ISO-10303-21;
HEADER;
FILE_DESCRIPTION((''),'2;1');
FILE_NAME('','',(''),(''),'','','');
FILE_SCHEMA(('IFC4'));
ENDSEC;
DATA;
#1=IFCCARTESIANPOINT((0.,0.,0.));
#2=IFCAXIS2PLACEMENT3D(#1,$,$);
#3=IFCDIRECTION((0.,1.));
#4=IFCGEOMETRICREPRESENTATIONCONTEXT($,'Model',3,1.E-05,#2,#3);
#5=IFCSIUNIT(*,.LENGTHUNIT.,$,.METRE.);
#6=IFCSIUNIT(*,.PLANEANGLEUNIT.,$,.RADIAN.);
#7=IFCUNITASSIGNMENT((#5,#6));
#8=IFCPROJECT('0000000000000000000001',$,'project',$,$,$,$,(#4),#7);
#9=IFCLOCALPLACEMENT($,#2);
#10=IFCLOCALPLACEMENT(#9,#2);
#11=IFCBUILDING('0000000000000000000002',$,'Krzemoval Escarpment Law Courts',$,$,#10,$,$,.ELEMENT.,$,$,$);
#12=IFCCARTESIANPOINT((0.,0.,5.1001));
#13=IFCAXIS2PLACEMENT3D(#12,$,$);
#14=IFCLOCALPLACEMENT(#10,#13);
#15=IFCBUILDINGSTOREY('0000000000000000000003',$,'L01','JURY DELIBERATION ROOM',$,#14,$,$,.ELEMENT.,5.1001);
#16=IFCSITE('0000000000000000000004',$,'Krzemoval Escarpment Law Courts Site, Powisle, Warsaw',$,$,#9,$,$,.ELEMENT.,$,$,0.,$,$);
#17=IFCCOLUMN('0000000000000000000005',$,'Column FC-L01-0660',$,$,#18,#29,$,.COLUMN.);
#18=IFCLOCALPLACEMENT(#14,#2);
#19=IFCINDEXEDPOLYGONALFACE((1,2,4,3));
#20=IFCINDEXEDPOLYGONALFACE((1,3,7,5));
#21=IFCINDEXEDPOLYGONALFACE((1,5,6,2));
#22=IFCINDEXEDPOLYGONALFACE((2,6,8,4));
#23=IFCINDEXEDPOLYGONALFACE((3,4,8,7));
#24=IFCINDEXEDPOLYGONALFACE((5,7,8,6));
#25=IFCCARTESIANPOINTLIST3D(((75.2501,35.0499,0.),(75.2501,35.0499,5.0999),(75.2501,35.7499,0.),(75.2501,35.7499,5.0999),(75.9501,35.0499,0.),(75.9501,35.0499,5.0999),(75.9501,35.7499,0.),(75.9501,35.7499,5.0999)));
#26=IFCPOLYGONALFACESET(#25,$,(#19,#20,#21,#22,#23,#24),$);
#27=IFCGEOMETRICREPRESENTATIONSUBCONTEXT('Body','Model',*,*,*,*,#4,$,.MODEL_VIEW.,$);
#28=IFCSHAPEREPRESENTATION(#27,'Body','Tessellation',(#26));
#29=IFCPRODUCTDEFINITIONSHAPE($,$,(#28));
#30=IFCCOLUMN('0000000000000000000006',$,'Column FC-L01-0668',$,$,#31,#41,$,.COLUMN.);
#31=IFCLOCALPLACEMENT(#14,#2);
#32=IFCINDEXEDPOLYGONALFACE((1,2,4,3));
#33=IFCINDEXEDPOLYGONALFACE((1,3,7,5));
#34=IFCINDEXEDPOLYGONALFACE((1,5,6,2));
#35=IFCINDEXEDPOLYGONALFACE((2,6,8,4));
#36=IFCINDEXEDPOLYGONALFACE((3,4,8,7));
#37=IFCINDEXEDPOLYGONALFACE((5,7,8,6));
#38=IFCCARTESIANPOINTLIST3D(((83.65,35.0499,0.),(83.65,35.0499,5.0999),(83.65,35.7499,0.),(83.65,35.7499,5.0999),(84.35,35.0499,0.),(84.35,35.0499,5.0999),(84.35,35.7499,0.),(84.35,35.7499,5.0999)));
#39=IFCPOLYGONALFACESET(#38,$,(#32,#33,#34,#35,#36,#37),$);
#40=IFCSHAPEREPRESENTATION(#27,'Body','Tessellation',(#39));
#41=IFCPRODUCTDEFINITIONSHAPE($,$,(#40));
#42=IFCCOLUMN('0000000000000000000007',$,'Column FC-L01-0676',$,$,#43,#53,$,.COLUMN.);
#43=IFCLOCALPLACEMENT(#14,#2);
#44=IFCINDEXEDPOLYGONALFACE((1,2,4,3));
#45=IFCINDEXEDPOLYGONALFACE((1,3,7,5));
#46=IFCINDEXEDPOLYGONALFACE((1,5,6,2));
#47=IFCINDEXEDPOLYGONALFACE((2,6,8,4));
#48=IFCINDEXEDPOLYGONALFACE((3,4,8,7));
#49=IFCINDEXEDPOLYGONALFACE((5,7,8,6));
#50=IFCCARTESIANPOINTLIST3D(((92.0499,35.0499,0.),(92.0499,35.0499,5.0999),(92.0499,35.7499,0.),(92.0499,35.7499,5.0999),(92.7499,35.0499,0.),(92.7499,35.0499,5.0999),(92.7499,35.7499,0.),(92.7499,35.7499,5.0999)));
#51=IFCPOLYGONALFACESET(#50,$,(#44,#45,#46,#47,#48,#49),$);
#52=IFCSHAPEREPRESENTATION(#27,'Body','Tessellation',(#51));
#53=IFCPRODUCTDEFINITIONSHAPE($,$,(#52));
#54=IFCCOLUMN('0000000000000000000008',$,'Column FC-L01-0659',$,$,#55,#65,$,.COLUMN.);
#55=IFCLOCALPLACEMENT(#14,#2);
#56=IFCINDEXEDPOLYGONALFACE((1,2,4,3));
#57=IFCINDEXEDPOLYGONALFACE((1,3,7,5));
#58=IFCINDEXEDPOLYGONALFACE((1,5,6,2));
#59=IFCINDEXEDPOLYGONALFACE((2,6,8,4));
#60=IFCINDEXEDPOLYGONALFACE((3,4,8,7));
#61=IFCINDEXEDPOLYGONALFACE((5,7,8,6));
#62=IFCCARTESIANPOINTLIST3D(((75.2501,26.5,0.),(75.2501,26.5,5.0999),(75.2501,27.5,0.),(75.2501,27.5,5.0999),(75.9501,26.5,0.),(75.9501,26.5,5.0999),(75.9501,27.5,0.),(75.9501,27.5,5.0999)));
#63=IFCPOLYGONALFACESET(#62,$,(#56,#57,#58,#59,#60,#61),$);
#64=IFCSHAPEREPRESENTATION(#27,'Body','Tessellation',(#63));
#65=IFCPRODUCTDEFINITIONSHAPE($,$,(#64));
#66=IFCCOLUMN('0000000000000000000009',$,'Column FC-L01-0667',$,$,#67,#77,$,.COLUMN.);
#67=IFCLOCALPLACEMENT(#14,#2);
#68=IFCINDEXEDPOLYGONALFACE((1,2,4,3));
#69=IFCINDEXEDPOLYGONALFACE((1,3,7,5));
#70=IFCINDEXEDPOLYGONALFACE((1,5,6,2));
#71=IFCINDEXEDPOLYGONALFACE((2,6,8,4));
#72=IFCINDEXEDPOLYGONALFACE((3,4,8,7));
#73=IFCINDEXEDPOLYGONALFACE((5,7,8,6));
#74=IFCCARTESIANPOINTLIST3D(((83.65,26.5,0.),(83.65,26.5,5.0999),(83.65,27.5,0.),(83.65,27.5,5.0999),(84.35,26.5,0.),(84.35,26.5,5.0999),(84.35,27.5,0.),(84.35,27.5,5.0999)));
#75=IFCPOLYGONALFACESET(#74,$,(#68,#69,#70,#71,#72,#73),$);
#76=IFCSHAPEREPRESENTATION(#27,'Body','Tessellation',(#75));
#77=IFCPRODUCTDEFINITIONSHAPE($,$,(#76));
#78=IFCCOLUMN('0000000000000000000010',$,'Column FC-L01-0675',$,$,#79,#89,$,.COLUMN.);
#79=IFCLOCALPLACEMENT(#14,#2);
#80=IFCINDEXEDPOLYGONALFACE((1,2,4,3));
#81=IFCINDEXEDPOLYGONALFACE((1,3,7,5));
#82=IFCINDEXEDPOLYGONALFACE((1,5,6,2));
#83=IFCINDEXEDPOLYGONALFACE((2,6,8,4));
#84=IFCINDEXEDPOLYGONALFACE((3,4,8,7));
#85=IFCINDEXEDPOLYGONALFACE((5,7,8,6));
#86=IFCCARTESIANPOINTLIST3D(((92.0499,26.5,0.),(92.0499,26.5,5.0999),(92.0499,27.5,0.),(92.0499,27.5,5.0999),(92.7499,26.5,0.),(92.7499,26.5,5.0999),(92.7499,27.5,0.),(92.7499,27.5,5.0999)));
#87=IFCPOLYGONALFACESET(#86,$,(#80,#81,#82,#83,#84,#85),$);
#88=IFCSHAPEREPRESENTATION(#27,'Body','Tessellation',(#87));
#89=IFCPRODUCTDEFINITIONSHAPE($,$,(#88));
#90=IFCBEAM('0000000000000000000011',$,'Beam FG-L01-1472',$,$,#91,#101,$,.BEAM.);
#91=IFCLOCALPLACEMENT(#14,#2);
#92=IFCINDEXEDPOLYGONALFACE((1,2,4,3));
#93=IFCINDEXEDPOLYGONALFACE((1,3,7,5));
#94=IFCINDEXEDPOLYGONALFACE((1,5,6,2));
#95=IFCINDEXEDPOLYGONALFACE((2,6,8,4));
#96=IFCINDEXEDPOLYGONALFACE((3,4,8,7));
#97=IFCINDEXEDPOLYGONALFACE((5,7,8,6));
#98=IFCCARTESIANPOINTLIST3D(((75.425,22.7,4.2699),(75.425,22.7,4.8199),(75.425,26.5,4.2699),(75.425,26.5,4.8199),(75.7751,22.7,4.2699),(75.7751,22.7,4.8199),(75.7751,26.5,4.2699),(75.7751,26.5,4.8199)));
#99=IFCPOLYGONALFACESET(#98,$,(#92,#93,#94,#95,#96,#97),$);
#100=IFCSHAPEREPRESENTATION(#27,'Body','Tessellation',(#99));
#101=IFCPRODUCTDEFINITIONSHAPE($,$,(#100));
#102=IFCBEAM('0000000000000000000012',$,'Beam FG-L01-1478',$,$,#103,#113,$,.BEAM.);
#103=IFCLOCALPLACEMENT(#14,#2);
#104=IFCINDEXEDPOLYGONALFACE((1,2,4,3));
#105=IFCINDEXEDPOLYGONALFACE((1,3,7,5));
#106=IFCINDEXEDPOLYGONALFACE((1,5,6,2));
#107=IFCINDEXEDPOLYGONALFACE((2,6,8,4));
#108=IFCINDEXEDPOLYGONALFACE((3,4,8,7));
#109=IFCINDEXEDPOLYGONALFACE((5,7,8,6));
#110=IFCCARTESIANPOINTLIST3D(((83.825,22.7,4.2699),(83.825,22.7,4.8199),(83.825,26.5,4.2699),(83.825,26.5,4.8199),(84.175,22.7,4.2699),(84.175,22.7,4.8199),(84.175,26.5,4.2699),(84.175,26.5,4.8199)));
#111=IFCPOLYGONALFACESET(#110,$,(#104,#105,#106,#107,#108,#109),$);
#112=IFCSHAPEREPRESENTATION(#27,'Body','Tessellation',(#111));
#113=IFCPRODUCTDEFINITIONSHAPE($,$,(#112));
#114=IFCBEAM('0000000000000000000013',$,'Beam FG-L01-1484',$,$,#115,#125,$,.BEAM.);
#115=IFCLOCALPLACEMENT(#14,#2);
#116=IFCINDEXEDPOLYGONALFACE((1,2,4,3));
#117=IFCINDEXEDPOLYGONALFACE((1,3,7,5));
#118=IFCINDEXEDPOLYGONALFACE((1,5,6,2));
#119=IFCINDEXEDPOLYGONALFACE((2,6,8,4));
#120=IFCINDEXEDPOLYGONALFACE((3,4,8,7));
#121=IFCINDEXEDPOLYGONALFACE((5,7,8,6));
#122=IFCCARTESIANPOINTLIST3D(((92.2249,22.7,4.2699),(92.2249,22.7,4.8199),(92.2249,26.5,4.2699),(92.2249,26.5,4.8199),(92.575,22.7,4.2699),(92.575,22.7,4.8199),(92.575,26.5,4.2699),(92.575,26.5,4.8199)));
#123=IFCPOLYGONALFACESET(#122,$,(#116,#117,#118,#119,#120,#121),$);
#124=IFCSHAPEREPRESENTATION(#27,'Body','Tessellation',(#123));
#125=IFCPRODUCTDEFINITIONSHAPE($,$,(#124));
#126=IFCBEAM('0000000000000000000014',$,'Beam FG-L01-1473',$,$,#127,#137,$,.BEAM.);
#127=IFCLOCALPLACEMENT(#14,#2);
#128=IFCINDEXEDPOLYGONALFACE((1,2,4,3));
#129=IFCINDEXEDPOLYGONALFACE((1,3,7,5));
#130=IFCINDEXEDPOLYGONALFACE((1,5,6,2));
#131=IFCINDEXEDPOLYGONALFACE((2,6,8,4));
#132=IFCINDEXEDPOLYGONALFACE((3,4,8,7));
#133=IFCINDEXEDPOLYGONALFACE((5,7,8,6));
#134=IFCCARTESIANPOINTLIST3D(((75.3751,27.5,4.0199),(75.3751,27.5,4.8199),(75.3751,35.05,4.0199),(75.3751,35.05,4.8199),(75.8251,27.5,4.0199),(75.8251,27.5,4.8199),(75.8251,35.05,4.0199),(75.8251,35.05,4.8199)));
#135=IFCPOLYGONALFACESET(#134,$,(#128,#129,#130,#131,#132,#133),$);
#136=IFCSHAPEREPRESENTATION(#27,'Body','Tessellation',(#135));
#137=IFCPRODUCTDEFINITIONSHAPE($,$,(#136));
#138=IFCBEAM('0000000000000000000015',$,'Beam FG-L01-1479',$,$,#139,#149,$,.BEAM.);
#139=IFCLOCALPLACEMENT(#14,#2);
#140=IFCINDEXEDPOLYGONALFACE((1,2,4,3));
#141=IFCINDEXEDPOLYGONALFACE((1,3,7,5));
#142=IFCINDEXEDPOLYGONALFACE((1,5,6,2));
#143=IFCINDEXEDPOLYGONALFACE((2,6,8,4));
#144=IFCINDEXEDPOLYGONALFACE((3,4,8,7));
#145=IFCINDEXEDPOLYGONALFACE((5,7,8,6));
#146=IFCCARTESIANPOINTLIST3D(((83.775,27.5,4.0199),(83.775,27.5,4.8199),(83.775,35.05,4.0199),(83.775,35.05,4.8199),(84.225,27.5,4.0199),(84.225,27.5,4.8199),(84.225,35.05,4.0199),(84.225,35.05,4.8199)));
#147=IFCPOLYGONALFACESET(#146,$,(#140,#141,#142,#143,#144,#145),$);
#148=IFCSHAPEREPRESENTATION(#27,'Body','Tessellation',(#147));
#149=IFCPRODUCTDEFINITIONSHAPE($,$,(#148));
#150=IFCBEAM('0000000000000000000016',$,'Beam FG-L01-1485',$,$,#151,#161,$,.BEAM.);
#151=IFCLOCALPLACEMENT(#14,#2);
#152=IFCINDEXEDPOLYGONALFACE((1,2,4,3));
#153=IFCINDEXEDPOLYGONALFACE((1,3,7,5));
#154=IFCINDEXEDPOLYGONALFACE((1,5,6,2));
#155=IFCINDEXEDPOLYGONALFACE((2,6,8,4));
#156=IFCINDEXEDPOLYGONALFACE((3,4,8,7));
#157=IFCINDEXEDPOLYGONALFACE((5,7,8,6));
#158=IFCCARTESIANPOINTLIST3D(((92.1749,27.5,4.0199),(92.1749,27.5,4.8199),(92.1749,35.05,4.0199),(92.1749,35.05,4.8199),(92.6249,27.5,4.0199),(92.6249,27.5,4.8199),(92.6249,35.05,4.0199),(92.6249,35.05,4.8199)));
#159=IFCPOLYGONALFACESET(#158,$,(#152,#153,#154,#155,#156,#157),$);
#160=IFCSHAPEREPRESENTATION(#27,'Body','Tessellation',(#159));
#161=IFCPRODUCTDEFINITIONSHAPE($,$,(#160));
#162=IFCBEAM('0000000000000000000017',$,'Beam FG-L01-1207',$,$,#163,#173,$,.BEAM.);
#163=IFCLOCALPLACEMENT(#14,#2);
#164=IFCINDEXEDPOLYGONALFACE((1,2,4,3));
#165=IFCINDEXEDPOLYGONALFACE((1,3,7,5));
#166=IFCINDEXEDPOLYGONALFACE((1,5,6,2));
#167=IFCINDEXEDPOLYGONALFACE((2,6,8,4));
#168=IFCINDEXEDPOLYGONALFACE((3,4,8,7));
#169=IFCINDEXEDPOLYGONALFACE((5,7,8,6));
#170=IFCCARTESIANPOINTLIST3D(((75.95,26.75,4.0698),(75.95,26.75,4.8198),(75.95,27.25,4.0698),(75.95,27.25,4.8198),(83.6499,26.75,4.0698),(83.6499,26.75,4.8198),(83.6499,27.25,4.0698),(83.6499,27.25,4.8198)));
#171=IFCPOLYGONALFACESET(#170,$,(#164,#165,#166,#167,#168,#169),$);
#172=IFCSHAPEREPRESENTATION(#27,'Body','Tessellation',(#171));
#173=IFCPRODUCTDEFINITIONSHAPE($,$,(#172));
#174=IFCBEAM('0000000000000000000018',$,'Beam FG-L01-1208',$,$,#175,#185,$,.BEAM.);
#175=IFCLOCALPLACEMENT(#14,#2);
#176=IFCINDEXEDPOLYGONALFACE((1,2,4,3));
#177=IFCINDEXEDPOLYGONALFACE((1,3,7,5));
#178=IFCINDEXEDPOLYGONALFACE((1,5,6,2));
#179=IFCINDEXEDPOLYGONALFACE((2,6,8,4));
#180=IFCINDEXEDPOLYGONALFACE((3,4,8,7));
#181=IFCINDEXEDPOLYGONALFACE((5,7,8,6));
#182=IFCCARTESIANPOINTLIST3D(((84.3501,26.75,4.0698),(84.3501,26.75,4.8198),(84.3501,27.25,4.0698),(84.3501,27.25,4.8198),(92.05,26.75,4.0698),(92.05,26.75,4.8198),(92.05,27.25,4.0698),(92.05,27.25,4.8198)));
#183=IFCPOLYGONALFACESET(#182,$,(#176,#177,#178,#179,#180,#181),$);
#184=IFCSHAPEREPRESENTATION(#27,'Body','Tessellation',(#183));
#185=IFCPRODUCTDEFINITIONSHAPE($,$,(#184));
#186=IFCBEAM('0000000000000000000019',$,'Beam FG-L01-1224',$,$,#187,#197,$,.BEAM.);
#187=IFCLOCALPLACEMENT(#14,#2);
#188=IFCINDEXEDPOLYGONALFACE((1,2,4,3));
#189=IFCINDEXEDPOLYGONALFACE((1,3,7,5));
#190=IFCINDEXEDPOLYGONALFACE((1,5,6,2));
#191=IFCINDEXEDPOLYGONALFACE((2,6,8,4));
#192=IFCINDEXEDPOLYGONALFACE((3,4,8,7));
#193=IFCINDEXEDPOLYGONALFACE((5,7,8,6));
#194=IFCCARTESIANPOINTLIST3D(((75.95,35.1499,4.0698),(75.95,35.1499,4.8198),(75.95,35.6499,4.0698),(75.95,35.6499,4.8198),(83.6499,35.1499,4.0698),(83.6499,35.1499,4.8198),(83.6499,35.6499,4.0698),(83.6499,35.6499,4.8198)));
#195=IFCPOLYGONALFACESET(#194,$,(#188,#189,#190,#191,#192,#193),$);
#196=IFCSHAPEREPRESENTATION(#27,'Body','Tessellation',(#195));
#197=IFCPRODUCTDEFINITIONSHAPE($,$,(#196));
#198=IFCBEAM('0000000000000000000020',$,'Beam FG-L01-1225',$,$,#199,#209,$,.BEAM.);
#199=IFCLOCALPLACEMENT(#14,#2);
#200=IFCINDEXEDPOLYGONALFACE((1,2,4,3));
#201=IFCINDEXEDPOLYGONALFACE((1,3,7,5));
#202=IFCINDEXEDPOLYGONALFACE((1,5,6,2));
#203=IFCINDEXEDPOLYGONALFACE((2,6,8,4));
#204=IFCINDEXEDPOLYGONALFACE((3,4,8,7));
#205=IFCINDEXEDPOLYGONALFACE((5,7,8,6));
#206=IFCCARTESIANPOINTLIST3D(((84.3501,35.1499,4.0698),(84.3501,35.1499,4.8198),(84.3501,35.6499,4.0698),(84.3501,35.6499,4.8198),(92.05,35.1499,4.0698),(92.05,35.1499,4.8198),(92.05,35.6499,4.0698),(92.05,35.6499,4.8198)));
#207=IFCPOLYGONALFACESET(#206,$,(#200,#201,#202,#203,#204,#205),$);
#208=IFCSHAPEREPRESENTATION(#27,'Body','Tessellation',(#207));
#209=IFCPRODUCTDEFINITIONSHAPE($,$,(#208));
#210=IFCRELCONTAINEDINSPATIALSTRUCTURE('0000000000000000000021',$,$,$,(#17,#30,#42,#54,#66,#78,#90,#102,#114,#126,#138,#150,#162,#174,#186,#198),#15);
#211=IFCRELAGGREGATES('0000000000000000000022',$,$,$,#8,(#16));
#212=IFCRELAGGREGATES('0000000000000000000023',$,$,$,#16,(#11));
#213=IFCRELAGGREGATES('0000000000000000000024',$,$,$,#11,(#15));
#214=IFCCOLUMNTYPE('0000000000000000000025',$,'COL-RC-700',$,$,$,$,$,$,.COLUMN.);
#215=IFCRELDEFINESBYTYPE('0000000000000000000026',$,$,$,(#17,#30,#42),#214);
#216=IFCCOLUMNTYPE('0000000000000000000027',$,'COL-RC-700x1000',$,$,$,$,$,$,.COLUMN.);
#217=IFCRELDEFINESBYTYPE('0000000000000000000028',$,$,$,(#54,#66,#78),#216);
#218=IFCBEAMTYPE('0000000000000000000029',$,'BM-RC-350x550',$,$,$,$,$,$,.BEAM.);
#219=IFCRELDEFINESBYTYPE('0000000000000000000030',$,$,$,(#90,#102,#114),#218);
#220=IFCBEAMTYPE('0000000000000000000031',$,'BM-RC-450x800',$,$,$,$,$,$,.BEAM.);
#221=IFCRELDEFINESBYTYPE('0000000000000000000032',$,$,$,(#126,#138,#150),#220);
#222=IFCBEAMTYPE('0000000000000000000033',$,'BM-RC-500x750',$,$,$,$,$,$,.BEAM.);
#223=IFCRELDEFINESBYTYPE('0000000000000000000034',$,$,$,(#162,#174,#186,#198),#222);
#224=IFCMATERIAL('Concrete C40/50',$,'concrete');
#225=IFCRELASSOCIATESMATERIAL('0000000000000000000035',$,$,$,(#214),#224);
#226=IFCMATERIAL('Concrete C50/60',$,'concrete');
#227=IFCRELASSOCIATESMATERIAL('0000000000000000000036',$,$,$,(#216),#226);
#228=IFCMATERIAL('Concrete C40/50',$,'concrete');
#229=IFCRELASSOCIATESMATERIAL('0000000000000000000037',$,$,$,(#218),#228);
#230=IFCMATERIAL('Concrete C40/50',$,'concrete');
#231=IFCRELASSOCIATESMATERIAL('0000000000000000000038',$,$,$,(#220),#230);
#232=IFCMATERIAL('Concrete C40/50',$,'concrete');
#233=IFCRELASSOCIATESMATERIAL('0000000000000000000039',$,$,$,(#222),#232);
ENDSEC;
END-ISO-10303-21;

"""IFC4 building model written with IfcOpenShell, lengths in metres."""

from ifc_helpers import new_model, si_unit, direction, frame, origin, origin_2d, place, context, subcontext, project, spatial, rectangle, extrude, material, material_profile, profile_set, type_object, element, save


model = new_model("IFC4")

# Units and contexts
model_context = context("Model", 3, precision=1e-05, world=origin(), true_north=direction((0.0, 1.0)))
body_context = subcontext(model_context, "Body", "Model", "MODEL_VIEW")
ifc_project = project(units=[si_unit("LENGTHUNIT", "METRE"), si_unit("PLANEANGLEUNIT", "RADIAN")], contexts=[model_context])

# Site, building, storey
site_placement = place(None, origin())
site = spatial("IfcSite", under=ifc_project, at=site_placement, Name="Krzemoval Escarpment Law Courts Site, Powisle, Warsaw", CompositionType="ELEMENT", RefElevation=0.0)
building_placement = place(site_placement, origin())
building = spatial("IfcBuilding", under=site, at=building_placement, Name="Krzemoval Escarpment Law Courts", CompositionType="ELEMENT")
storey_placement = place(building_placement, frame((0.0, 0.0, 5.1001)))
storey = spatial("IfcBuildingStorey", under=building, at=storey_placement, Name="L01", Description="JURY DELIBERATION ROOM", CompositionType="ELEMENT", Elevation=5.1001)

# Columns
ifc_material_1 = material(Name="Concrete C40/50", Category="concrete")
ifc_material_profile_1 = material_profile(ifc_material_1, rectangle(XDim=0.7, YDim=0.7, at=origin_2d()), Name="RC 700x700")
ifc_profile_set_1 = profile_set([ifc_material_profile_1], Name="Concrete C40/50")
column_type_1 = type_object("IfcColumnType", Name="COL-RC-700", PredefinedType="COLUMN", material=ifc_profile_set_1)
for number, where, z_axis, x_axis, name in (
    (1, (75.6001, 35.3999, 0.0), (0.0, 0.0, 1.0), (1.0, 0.0, 0.0), "Column FC-L01-0660"),
    (2, (84.0, 35.3999, 0.0), (0.0, 0.0, 1.0), (1.0, 0.0, 0.0), "Column FC-L01-0668"),
    (3, (92.3999, 35.3999, 0.0), (0.0, 0.0, 1.0), (1.0, 0.0, 0.0), "Column FC-L01-0676"),
):
    element("IfcColumn", number, at=place(storey_placement, frame(where, z_axis=z_axis, x_axis=x_axis)), inside=storey, type_object=column_type_1, Name=name, PredefinedType="COLUMN", context=body_context, shape_type="SweptSolid", body=[
        extrude(rectangle(XDim=0.7, YDim=0.7, at=origin_2d()), origin(), (0.0, 0.0, 1.0), 5.0999),
    ])
ifc_material_2 = material(Name="Concrete C50/60", Category="concrete")
ifc_material_profile_2 = material_profile(ifc_material_2, rectangle(XDim=0.7, YDim=1.0, at=origin_2d()), Name="RC 700x1000")
ifc_profile_set_2 = profile_set([ifc_material_profile_2], Name="Concrete C50/60")
column_type_2 = type_object("IfcColumnType", Name="COL-RC-700x1000", PredefinedType="COLUMN", material=ifc_profile_set_2)
for number, where, z_axis, x_axis, name in (
    (4, (75.6001, 27.0, 0.0), (0.0, 0.0, 1.0), (1.0, 0.0, 0.0), "Column FC-L01-0659"),
    (5, (84.0, 27.0, 0.0), (0.0, 0.0, 1.0), (1.0, 0.0, 0.0), "Column FC-L01-0667"),
    (6, (92.3999, 27.0, 0.0), (0.0, 0.0, 1.0), (1.0, 0.0, 0.0), "Column FC-L01-0675"),
):
    element("IfcColumn", number, at=place(storey_placement, frame(where, z_axis=z_axis, x_axis=x_axis)), inside=storey, type_object=column_type_2, Name=name, PredefinedType="COLUMN", context=body_context, shape_type="SweptSolid", body=[
        extrude(rectangle(XDim=0.7, YDim=1.0, at=origin_2d()), origin(), (0.0, 0.0, 1.0), 5.0999),
    ])

# Beams
ifc_material_3 = material(Name="Concrete C40/50", Category="concrete")
ifc_material_profile_3 = material_profile(ifc_material_3, rectangle(XDim=0.3501, YDim=0.55, at=origin_2d()), Name="RCB 350x550")
ifc_profile_set_3 = profile_set([ifc_material_profile_3], Name="Concrete C40/50")
beam_type_1 = type_object("IfcBeamType", Name="BM-RC-350x550", PredefinedType="BEAM", material=ifc_profile_set_3)
for number, where, z_axis, x_axis, name in (
    (7, (75.6001, 22.7, 4.5449), (0.0, 1.0, 0.0), (-1.0, 0.0, 0.0), "Beam FG-L01-1472"),
    (8, (84.0, 22.7, 4.5449), (0.0, 1.0, 0.0), (-1.0, 0.0, 0.0), "Beam FG-L01-1478"),
    (9, (92.3999, 22.7, 4.5449), (0.0, 1.0, 0.0), (-1.0, 0.0, 0.0), "Beam FG-L01-1484"),
):
    element("IfcBeam", number, at=place(storey_placement, frame(where, z_axis=z_axis, x_axis=x_axis)), inside=storey, type_object=beam_type_1, Name=name, PredefinedType="BEAM", context=body_context, shape_type="SweptSolid", body=[
        extrude(rectangle(XDim=0.3501, YDim=0.55, at=origin_2d()), origin(), (0.0, 0.0, 1.0), 3.8),
    ])
ifc_material_4 = material(Name="Concrete C40/50", Category="concrete")
ifc_material_profile_4 = material_profile(ifc_material_4, rectangle(XDim=0.45, YDim=0.8, at=origin_2d()), Name="RCB 450x800")
ifc_profile_set_4 = profile_set([ifc_material_profile_4], Name="Concrete C40/50")
beam_type_2 = type_object("IfcBeamType", Name="BM-RC-450x800", PredefinedType="BEAM", material=ifc_profile_set_4)
for number, where, z_axis, x_axis, name in (
    (10, (75.6001, 27.5, 4.4199), (0.0, 1.0, 0.0), (-1.0, 0.0, 0.0), "Beam FG-L01-1473"),
    (11, (84.0, 27.5, 4.4199), (0.0, 1.0, 0.0), (-1.0, 0.0, 0.0), "Beam FG-L01-1479"),
    (12, (92.3999, 27.5, 4.4199), (0.0, 1.0, 0.0), (-1.0, 0.0, 0.0), "Beam FG-L01-1485"),
):
    element("IfcBeam", number, at=place(storey_placement, frame(where, z_axis=z_axis, x_axis=x_axis)), inside=storey, type_object=beam_type_2, Name=name, PredefinedType="BEAM", context=body_context, shape_type="SweptSolid", body=[
        extrude(rectangle(XDim=0.45, YDim=0.8, at=origin_2d()), origin(), (0.0, 0.0, 1.0), 7.55),
    ])
ifc_material_5 = material(Name="Concrete C40/50", Category="concrete")
ifc_material_profile_5 = material_profile(ifc_material_5, rectangle(XDim=0.5, YDim=0.75, at=origin_2d()), Name="RCB 500x750")
ifc_profile_set_5 = profile_set([ifc_material_profile_5], Name="Concrete C40/50")
beam_type_3 = type_object("IfcBeamType", Name="BM-RC-500x750", PredefinedType="BEAM", material=ifc_profile_set_5)
for number, where, z_axis, x_axis, name in (
    (13, (75.95, 27.0, 4.4448), (1.0, 0.0, 0.0), (0.0, 1.0, 0.0), "Beam FG-L01-1207"),
    (14, (84.3501, 27.0, 4.4448), (1.0, 0.0, 0.0), (0.0, 1.0, 0.0), "Beam FG-L01-1208"),
    (15, (75.95, 35.3999, 4.4448), (1.0, 0.0, 0.0), (0.0, 1.0, 0.0), "Beam FG-L01-1224"),
    (16, (84.3501, 35.3999, 4.4448), (1.0, 0.0, 0.0), (0.0, 1.0, 0.0), "Beam FG-L01-1225"),
):
    element("IfcBeam", number, at=place(storey_placement, frame(where, z_axis=z_axis, x_axis=x_axis)), inside=storey, type_object=beam_type_3, Name=name, PredefinedType="BEAM", context=body_context, shape_type="SweptSolid", body=[
        extrude(rectangle(XDim=0.5, YDim=0.75, at=origin_2d()), origin(), (0.0, 0.0, 1.0), 7.7),
    ])

save(model, "model.ifc")
